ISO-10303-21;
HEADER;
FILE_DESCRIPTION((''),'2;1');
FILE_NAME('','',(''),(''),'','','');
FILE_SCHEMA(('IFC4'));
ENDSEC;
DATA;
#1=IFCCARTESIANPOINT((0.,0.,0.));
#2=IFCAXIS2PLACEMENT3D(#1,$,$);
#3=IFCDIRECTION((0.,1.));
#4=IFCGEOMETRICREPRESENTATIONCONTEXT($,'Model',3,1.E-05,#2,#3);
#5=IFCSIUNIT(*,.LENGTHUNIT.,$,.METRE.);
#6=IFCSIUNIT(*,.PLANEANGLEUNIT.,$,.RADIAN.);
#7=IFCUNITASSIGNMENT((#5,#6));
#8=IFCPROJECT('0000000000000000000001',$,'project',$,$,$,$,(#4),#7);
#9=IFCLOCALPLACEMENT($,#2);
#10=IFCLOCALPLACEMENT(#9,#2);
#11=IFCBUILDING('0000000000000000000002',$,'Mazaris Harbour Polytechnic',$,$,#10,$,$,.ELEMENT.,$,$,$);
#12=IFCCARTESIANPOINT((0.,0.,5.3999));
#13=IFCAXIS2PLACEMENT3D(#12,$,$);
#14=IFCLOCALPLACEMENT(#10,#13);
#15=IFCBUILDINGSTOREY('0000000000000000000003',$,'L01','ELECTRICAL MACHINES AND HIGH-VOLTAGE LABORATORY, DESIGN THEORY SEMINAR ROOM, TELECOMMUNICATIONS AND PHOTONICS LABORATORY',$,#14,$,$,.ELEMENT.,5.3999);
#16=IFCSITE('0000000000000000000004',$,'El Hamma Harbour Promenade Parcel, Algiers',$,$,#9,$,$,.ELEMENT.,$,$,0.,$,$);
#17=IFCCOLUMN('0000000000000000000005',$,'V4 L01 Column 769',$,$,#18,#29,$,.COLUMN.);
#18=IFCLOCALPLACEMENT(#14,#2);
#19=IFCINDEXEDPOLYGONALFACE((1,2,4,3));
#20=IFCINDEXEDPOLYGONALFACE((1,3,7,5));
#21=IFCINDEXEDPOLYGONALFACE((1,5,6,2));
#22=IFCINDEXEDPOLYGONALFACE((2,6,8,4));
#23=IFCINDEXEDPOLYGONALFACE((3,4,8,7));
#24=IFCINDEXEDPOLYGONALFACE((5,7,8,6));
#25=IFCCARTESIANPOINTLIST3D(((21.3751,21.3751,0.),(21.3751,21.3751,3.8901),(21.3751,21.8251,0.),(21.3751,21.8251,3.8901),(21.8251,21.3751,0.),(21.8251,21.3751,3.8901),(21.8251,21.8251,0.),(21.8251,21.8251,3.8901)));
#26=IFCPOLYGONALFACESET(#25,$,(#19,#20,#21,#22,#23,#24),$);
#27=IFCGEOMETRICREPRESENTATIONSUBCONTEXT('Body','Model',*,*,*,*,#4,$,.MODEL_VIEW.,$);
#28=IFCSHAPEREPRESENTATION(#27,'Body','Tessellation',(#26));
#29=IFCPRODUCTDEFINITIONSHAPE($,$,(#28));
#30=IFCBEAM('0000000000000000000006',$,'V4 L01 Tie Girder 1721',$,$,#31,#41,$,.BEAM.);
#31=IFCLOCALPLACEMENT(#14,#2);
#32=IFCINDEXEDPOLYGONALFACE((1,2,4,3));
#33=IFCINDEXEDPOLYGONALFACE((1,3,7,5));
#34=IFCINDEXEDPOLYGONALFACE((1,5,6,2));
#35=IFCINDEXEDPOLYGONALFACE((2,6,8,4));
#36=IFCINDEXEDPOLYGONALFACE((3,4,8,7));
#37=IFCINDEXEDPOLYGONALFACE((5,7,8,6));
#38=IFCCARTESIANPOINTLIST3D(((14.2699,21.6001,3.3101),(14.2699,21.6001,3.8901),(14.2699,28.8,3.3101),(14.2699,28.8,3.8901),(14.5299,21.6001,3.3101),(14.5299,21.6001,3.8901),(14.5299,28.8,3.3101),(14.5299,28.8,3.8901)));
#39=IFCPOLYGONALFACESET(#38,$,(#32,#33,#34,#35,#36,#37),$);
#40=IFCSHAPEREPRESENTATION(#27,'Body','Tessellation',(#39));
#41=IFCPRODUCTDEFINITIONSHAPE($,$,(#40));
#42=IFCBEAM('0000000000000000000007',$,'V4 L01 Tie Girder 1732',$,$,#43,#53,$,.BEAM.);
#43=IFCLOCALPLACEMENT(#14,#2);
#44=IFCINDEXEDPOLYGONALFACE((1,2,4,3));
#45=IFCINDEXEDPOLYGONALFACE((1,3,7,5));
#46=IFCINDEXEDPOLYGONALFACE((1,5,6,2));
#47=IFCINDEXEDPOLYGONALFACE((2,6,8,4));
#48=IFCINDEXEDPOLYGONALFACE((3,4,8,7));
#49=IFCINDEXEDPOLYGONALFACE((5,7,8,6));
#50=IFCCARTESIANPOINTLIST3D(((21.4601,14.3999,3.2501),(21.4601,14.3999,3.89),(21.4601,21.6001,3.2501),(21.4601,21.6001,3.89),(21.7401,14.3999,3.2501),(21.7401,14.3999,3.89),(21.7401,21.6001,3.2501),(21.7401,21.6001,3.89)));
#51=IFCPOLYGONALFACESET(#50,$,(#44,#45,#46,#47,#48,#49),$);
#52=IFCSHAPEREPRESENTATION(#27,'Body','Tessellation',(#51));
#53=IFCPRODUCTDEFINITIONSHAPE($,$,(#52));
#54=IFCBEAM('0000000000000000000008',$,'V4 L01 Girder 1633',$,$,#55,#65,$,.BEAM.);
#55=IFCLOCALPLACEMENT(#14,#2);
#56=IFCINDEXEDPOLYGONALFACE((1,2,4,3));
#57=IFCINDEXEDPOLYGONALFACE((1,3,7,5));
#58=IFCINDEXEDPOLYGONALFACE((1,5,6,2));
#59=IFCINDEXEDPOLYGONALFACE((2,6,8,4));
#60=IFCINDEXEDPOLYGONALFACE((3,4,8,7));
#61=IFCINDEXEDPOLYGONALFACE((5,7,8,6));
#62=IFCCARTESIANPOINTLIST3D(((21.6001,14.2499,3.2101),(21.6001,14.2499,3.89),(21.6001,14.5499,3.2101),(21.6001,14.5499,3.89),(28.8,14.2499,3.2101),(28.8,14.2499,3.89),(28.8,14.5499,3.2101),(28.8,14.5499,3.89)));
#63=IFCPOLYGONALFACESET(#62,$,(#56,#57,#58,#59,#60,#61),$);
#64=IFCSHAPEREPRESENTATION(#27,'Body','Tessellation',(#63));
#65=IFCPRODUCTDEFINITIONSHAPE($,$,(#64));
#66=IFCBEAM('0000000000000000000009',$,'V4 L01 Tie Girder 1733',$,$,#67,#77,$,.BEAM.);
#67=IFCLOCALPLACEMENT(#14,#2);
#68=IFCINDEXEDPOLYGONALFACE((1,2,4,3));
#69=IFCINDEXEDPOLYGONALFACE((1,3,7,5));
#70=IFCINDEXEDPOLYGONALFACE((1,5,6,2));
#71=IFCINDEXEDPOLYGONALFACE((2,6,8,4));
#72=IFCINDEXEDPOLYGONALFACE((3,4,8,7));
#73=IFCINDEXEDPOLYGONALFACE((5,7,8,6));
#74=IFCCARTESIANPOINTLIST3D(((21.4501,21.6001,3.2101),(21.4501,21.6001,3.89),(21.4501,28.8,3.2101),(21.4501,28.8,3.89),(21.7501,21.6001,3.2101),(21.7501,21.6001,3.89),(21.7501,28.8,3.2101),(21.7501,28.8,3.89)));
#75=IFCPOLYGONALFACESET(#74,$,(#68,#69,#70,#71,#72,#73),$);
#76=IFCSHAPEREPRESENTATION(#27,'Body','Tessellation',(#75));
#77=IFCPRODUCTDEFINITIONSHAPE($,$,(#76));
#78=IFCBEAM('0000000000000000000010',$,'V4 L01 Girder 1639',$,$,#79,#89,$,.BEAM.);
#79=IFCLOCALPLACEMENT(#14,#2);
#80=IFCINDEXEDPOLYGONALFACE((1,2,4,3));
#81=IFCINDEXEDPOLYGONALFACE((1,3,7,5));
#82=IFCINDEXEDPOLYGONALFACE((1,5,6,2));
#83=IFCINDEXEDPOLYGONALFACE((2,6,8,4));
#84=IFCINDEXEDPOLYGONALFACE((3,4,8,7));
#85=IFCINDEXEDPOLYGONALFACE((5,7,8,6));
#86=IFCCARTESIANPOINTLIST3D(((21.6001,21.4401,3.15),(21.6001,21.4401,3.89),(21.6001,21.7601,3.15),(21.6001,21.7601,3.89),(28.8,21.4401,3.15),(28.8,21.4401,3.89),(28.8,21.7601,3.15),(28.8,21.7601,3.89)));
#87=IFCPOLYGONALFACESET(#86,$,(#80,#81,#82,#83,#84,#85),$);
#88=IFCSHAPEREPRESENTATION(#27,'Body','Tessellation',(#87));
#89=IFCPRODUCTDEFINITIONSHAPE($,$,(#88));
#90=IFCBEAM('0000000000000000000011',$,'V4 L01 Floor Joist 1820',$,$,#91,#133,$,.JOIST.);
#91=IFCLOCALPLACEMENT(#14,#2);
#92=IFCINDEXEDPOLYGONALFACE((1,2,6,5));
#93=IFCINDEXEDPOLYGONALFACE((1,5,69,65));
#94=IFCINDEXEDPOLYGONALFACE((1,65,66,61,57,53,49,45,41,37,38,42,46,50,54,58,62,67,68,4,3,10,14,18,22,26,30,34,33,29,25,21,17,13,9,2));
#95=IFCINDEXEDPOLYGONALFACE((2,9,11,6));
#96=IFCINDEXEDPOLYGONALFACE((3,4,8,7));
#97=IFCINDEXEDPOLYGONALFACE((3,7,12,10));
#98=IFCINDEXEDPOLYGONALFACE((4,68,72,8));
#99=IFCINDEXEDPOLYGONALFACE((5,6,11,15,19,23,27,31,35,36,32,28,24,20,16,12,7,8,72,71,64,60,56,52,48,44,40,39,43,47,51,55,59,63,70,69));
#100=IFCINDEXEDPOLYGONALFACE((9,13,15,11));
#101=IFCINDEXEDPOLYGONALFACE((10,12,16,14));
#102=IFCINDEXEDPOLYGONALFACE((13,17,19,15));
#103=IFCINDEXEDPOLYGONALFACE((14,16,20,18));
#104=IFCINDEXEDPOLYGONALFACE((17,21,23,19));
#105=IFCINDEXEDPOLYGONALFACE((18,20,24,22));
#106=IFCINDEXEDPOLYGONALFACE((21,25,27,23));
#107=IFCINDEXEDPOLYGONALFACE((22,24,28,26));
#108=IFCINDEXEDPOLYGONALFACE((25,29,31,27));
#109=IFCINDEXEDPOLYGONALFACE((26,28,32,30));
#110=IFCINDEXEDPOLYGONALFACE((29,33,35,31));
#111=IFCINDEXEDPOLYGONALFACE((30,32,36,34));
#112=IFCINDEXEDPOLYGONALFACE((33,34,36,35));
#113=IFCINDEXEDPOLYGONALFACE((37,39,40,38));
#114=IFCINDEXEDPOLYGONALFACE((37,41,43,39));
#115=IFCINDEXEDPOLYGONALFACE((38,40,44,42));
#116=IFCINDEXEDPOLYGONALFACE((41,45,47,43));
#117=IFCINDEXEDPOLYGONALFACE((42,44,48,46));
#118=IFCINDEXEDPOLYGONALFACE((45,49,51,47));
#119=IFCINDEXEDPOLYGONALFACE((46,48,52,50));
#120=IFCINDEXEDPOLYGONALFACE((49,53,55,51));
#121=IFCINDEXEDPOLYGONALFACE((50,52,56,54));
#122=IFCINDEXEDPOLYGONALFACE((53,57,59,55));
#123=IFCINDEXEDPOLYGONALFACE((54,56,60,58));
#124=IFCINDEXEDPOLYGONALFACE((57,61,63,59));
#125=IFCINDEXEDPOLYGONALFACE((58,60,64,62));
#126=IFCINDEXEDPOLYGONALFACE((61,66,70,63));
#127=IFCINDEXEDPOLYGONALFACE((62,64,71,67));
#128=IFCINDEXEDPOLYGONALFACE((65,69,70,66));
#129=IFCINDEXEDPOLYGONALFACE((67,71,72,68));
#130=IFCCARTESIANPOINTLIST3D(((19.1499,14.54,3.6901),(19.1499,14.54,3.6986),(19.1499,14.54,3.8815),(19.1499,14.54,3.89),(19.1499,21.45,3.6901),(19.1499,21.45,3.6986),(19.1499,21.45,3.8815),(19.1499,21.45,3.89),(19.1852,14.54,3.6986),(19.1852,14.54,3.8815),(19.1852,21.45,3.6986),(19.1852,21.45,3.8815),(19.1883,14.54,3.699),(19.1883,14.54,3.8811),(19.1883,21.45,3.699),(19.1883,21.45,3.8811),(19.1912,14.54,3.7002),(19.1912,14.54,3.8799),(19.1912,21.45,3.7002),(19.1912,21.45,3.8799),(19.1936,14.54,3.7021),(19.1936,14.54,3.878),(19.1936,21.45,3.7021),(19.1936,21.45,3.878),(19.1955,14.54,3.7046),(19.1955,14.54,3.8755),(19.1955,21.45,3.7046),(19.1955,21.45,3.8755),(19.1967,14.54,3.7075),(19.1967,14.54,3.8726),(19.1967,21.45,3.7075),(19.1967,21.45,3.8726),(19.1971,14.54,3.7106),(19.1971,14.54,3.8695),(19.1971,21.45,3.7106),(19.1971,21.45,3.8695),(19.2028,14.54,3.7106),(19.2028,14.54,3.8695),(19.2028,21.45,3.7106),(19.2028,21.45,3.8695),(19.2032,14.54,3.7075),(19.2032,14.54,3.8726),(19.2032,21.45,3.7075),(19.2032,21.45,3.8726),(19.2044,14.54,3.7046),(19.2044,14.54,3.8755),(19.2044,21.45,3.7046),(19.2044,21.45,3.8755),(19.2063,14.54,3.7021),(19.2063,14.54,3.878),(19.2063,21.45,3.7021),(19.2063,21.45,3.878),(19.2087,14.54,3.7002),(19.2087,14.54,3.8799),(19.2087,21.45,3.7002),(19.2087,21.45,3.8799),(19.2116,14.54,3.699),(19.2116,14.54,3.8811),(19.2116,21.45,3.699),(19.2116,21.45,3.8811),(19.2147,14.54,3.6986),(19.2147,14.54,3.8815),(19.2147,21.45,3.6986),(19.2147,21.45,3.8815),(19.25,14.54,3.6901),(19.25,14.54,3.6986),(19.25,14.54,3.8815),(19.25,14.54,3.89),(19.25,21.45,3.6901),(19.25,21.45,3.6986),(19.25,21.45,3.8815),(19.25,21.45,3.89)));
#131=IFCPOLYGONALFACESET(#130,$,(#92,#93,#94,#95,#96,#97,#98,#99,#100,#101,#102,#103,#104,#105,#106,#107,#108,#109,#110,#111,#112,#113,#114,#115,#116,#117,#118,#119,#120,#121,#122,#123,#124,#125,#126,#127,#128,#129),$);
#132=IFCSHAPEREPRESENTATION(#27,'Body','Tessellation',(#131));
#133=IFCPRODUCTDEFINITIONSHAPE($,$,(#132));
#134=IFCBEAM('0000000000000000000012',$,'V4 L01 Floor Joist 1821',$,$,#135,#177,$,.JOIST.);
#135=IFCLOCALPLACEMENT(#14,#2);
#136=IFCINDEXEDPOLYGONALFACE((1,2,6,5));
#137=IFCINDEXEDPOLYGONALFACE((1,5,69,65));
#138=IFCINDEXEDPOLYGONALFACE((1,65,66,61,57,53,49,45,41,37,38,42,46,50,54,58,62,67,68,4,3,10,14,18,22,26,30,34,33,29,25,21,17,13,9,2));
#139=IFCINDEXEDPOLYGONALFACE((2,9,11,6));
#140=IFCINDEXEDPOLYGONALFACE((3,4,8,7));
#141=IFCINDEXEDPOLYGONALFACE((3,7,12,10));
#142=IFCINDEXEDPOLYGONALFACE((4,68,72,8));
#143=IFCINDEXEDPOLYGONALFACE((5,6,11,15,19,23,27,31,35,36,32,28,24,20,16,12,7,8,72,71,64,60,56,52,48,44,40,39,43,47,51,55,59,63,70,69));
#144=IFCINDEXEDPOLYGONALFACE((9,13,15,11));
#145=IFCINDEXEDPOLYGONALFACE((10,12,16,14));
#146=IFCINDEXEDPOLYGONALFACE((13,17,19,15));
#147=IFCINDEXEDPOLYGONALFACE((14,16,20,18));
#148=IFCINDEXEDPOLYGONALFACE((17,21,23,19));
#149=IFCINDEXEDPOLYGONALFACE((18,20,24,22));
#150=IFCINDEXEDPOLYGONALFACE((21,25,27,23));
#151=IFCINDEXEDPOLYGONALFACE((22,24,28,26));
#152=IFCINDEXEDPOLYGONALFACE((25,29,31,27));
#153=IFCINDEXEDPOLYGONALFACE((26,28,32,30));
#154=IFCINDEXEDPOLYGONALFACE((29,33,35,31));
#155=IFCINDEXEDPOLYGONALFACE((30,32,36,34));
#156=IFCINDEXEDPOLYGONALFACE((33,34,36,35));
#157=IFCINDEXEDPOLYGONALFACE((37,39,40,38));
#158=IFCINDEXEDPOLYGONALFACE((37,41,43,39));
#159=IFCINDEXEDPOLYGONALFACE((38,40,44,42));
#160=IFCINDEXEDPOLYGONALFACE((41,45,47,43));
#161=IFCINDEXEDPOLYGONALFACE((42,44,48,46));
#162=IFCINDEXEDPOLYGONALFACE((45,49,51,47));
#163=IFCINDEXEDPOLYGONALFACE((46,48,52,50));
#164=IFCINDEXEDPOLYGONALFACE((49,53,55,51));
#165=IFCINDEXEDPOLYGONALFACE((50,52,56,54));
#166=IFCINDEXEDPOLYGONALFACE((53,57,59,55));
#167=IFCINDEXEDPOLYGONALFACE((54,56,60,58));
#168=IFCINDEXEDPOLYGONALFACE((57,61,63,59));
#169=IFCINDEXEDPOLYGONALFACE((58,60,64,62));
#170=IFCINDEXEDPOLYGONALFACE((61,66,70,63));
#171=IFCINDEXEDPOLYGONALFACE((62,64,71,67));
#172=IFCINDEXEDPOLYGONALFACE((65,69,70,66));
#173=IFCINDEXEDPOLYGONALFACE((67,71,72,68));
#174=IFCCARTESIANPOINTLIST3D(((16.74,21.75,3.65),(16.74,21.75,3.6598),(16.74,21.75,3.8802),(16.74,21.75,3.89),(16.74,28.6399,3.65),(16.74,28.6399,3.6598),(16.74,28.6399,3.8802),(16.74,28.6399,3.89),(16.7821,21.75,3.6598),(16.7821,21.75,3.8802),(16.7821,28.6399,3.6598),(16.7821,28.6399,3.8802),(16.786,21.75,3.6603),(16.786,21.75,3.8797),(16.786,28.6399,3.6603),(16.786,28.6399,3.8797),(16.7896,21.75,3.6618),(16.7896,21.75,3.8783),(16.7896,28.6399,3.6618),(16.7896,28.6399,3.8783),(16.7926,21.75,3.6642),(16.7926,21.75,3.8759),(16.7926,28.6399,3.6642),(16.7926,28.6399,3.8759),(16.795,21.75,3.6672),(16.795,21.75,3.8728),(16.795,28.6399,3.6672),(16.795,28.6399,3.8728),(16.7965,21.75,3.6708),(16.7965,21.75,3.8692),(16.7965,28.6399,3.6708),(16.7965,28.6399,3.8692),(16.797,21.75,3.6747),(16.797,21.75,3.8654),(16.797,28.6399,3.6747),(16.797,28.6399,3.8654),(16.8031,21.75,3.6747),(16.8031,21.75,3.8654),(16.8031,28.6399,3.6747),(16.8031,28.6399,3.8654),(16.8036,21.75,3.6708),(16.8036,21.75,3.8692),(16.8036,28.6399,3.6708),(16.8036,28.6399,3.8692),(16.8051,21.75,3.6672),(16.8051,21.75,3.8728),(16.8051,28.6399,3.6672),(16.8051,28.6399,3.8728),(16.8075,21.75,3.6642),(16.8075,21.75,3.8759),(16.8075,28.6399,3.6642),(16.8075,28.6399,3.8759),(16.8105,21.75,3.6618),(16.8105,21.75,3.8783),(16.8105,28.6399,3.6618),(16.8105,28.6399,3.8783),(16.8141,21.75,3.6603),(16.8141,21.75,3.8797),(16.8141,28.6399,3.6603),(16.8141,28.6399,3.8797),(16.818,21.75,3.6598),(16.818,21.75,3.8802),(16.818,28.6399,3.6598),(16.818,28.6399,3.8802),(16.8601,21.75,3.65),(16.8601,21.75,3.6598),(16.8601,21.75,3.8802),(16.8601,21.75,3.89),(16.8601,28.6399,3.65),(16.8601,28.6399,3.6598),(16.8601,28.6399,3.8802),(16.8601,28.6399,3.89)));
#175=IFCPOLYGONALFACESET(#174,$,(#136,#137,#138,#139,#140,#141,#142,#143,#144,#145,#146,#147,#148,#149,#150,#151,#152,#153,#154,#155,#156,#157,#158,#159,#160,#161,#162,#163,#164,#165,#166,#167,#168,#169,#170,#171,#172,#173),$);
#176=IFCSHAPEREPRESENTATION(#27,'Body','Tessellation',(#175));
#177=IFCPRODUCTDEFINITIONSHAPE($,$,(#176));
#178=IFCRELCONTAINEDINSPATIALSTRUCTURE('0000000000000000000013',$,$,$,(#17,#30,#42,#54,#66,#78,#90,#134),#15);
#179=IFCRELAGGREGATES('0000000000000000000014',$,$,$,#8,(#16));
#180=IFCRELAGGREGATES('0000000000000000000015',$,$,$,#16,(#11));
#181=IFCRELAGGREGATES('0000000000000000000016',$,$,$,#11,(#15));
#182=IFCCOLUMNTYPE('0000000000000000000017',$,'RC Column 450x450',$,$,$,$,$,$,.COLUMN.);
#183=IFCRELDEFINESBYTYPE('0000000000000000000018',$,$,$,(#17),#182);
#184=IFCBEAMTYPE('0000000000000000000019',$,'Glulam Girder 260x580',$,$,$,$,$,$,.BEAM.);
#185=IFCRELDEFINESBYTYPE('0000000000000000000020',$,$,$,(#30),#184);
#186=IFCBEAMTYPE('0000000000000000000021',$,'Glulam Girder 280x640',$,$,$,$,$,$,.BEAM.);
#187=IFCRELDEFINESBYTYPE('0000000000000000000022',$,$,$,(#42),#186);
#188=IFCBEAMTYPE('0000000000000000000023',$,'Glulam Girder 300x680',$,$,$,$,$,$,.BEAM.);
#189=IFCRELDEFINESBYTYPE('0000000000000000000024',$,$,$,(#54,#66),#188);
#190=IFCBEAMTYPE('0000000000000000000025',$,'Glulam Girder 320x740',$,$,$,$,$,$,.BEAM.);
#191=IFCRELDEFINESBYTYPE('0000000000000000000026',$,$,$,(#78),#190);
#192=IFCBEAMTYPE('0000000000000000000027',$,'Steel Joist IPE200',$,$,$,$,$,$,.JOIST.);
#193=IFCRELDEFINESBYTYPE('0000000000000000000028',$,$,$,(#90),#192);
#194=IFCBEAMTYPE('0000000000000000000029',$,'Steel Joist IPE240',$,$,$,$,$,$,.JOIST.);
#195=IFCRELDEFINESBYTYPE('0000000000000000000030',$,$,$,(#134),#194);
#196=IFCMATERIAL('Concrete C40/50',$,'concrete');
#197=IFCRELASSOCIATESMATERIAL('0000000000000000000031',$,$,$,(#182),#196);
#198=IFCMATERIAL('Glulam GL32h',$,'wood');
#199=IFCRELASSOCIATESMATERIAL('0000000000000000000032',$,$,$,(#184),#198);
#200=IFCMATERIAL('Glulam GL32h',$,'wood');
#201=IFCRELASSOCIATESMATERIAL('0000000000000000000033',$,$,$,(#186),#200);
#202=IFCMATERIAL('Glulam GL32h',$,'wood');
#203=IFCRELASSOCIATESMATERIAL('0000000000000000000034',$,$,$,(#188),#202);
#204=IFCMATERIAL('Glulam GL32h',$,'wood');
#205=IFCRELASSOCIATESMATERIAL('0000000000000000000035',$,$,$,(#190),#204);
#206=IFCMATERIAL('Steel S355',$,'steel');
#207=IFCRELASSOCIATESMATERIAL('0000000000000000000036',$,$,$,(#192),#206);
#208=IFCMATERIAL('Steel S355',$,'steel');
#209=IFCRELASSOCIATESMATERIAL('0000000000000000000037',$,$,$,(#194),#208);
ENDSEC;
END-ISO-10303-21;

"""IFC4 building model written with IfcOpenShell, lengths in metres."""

from ifc_helpers import new_model, si_unit, direction, frame, origin, origin_2d, place, context, subcontext, project, spatial, rectangle, i_section, extrude, material, material_profile, profile_set, type_object, element, save


model = new_model("IFC4")

# Units and contexts
model_context = context("Model", 3, precision=1e-05, world=origin(), true_north=direction((0.0, 1.0)))
body_context = subcontext(model_context, "Body", "Model", "MODEL_VIEW")
ifc_project = project(units=[si_unit("LENGTHUNIT", "METRE"), si_unit("PLANEANGLEUNIT", "RADIAN")], contexts=[model_context])

# Site, building, storey
site_placement = place(None, origin())
site = spatial("IfcSite", under=ifc_project, at=site_placement, Name="El Hamma Harbour Promenade Parcel, Algiers", CompositionType="ELEMENT", RefElevation=0.0)
building_placement = place(site_placement, origin())
building = spatial("IfcBuilding", under=site, at=building_placement, Name="Mazaris Harbour Polytechnic", CompositionType="ELEMENT")
storey_placement = place(building_placement, frame((0.0, 0.0, 5.3999)))
storey = spatial("IfcBuildingStorey", under=building, at=storey_placement, Name="L01", Description="ELECTRICAL MACHINES AND HIGH-VOLTAGE LABORATORY, DESIGN THEORY SEMINAR ROOM, TELECOMMUNICATIONS AND PHOTONICS LABORATORY", CompositionType="ELEMENT", Elevation=5.3999)

# Column
ifc_material_1 = material(Name="Concrete C40/50", Category="concrete")
ifc_material_profile_1 = material_profile(ifc_material_1, rectangle(XDim=0.45, YDim=0.45, at=origin_2d()), Name="RECT450x450")
ifc_profile_set_1 = profile_set([ifc_material_profile_1], Name="Concrete C40/50")
column_type = type_object("IfcColumnType", Name="RC Column 450x450", PredefinedType="COLUMN", material=ifc_profile_set_1)
column_placement = place(storey_placement, frame((21.6001, 21.6001, 0.0), z_axis=(0.0, 0.0, 1.0), x_axis=(1.0, 0.0, 0.0)))
element("IfcColumn", 1, at=column_placement, inside=storey, type_object=column_type, Name="V4 L01 Column 769", PredefinedType="COLUMN", context=body_context, shape_type="SweptSolid", body=[
    extrude(rectangle(XDim=0.45, YDim=0.45, at=origin_2d()), origin(), (0.0, 0.0, 1.0), 3.8901),
])

# Beams
ifc_material_2 = material(Name="Glulam GL32h", Category="wood")
ifc_material_profile_2 = material_profile(ifc_material_2, rectangle(XDim=0.26, YDim=0.5801, at=origin_2d()), Name="RECT260x580")
ifc_profile_set_2 = profile_set([ifc_material_profile_2], Name="Glulam GL32h")
beam_type_1 = type_object("IfcBeamType", Name="Glulam Girder 260x580", PredefinedType="BEAM", material=ifc_profile_set_2)
beam_1_placement = place(storey_placement, frame((14.3999, 21.6001, 3.6001), z_axis=(0.0, 1.0, 0.0), x_axis=(-1.0, 0.0, 0.0)))
element("IfcBeam", 2, at=beam_1_placement, inside=storey, type_object=beam_type_1, Name="V4 L01 Tie Girder 1721", PredefinedType="BEAM", context=body_context, shape_type="SweptSolid", body=[
    extrude(rectangle(XDim=0.26, YDim=0.5801, at=origin_2d()), origin(), (0.0, 0.0, 1.0), 7.2),
])
ifc_material_3 = material(Name="Glulam GL32h", Category="wood")
ifc_material_profile_3 = material_profile(ifc_material_3, rectangle(XDim=0.28, YDim=0.6399, at=origin_2d()), Name="RECT280x640")
ifc_profile_set_3 = profile_set([ifc_material_profile_3], Name="Glulam GL32h")
beam_type_2 = type_object("IfcBeamType", Name="Glulam Girder 280x640", PredefinedType="BEAM", material=ifc_profile_set_3)
beam_2_placement = place(storey_placement, frame((21.6001, 14.3999, 3.5701), z_axis=(0.0, 1.0, 0.0), x_axis=(-1.0, 0.0, 0.0)))
element("IfcBeam", 3, at=beam_2_placement, inside=storey, type_object=beam_type_2, Name="V4 L01 Tie Girder 1732", PredefinedType="BEAM", context=body_context, shape_type="SweptSolid", body=[
    extrude(rectangle(XDim=0.28, YDim=0.6399, at=origin_2d()), origin(), (0.0, 0.0, 1.0), 7.2002),
])
ifc_material_4 = material(Name="Glulam GL32h", Category="wood")
ifc_material_profile_4 = material_profile(ifc_material_4, rectangle(XDim=0.3, YDim=0.6799, at=origin_2d()), Name="RECT300x680")
ifc_profile_set_4 = profile_set([ifc_material_profile_4], Name="Glulam GL32h")
beam_type_3 = type_object("IfcBeamType", Name="Glulam Girder 300x680", PredefinedType="BEAM", material=ifc_profile_set_4)
for number, where, z_axis, x_axis, name in (
    (4, (21.6001, 14.3999, 3.55), (1.0, 0.0, 0.0), (0.0, 1.0, 0.0), "V4 L01 Girder 1633"),
    (5, (21.6001, 21.6001, 3.55), (0.0, 1.0, 0.0), (-1.0, 0.0, 0.0), "V4 L01 Tie Girder 1733"),
):
    element("IfcBeam", number, at=place(storey_placement, frame(where, z_axis=z_axis, x_axis=x_axis)), inside=storey, type_object=beam_type_3, Name=name, PredefinedType="BEAM", context=body_context, shape_type="SweptSolid", body=[
        extrude(rectangle(XDim=0.3, YDim=0.6799, at=origin_2d()), origin(), (0.0, 0.0, 1.0), 7.2),
    ])
ifc_material_5 = material(Name="Glulam GL32h", Category="wood")
ifc_material_profile_5 = material_profile(ifc_material_5, rectangle(XDim=0.3201, YDim=0.74, at=origin_2d()), Name="RECT320x740")
ifc_profile_set_5 = profile_set([ifc_material_profile_5], Name="Glulam GL32h")
beam_type_4 = type_object("IfcBeamType", Name="Glulam Girder 320x740", PredefinedType="BEAM", material=ifc_profile_set_5)
beam_3_placement = place(storey_placement, frame((21.6001, 21.6001, 3.52), z_axis=(1.0, 0.0, 0.0), x_axis=(0.0, 1.0, 0.0)))
element("IfcBeam", 6, at=beam_3_placement, inside=storey, type_object=beam_type_4, Name="V4 L01 Girder 1639", PredefinedType="BEAM", context=body_context, shape_type="SweptSolid", body=[
    extrude(rectangle(XDim=0.3201, YDim=0.74, at=origin_2d()), origin(), (0.0, 0.0, 1.0), 7.2),
])
ifc_material_6 = material(Name="Steel S355", Category="steel")
ifc_material_profile_6 = material_profile(ifc_material_6, i_section(OverallWidth=0.1001, OverallDepth=0.2, WebThickness=0.0056, FlangeThickness=0.0085, FilletRadius=0.012, at=origin_2d()), Name="IPE 200")
ifc_profile_set_6 = profile_set([ifc_material_profile_6], Name="Steel S355")
beam_type_5 = type_object("IfcBeamType", Name="Steel Joist IPE200", PredefinedType="JOIST", material=ifc_profile_set_6)
beam_4_placement = place(storey_placement, frame((19.2, 14.54, 3.79), z_axis=(0.0, 1.0, 0.0), x_axis=(-1.0, 0.0, 0.0)))
element("IfcBeam", 7, at=beam_4_placement, inside=storey, type_object=beam_type_5, Name="V4 L01 Floor Joist 1820", PredefinedType="JOIST", context=body_context, shape_type="SweptSolid", body=[
    extrude(i_section(OverallWidth=0.1001, OverallDepth=0.2, WebThickness=0.0056, FlangeThickness=0.0085, FilletRadius=0.012, at=origin_2d()), origin(), (0.0, 0.0, 1.0), 6.9099),
])
ifc_material_7 = material(Name="Steel S355", Category="steel")
ifc_material_profile_7 = material_profile(ifc_material_7, i_section(OverallWidth=0.1201, OverallDepth=0.24, WebThickness=0.0061, FlangeThickness=0.0098, FilletRadius=0.0149, at=origin_2d()), Name="IPE 240")
ifc_profile_set_7 = profile_set([ifc_material_profile_7], Name="Steel S355")
beam_type_6 = type_object("IfcBeamType", Name="Steel Joist IPE240", PredefinedType="JOIST", material=ifc_profile_set_7)
for number, where, z_axis, x_axis, name in (
    (8, (16.8, 21.75, 3.77), (0.0, 1.0, 0.0), (-1.0, 0.0, 0.0), "V4 L01 Floor Joist 1821"),
):
    element("IfcBeam", number, at=place(storey_placement, frame(where, z_axis=z_axis, x_axis=x_axis)), inside=storey, type_object=beam_type_6, Name=name, PredefinedType="JOIST", context=body_context, shape_type="SweptSolid", body=[
        extrude(i_section(OverallWidth=0.1201, OverallDepth=0.24, WebThickness=0.0061, FlangeThickness=0.0098, FilletRadius=0.0149, at=origin_2d()), origin(), (0.0, 0.0, 1.0), 6.8899),
    ])

save(model, "model.ifc")
